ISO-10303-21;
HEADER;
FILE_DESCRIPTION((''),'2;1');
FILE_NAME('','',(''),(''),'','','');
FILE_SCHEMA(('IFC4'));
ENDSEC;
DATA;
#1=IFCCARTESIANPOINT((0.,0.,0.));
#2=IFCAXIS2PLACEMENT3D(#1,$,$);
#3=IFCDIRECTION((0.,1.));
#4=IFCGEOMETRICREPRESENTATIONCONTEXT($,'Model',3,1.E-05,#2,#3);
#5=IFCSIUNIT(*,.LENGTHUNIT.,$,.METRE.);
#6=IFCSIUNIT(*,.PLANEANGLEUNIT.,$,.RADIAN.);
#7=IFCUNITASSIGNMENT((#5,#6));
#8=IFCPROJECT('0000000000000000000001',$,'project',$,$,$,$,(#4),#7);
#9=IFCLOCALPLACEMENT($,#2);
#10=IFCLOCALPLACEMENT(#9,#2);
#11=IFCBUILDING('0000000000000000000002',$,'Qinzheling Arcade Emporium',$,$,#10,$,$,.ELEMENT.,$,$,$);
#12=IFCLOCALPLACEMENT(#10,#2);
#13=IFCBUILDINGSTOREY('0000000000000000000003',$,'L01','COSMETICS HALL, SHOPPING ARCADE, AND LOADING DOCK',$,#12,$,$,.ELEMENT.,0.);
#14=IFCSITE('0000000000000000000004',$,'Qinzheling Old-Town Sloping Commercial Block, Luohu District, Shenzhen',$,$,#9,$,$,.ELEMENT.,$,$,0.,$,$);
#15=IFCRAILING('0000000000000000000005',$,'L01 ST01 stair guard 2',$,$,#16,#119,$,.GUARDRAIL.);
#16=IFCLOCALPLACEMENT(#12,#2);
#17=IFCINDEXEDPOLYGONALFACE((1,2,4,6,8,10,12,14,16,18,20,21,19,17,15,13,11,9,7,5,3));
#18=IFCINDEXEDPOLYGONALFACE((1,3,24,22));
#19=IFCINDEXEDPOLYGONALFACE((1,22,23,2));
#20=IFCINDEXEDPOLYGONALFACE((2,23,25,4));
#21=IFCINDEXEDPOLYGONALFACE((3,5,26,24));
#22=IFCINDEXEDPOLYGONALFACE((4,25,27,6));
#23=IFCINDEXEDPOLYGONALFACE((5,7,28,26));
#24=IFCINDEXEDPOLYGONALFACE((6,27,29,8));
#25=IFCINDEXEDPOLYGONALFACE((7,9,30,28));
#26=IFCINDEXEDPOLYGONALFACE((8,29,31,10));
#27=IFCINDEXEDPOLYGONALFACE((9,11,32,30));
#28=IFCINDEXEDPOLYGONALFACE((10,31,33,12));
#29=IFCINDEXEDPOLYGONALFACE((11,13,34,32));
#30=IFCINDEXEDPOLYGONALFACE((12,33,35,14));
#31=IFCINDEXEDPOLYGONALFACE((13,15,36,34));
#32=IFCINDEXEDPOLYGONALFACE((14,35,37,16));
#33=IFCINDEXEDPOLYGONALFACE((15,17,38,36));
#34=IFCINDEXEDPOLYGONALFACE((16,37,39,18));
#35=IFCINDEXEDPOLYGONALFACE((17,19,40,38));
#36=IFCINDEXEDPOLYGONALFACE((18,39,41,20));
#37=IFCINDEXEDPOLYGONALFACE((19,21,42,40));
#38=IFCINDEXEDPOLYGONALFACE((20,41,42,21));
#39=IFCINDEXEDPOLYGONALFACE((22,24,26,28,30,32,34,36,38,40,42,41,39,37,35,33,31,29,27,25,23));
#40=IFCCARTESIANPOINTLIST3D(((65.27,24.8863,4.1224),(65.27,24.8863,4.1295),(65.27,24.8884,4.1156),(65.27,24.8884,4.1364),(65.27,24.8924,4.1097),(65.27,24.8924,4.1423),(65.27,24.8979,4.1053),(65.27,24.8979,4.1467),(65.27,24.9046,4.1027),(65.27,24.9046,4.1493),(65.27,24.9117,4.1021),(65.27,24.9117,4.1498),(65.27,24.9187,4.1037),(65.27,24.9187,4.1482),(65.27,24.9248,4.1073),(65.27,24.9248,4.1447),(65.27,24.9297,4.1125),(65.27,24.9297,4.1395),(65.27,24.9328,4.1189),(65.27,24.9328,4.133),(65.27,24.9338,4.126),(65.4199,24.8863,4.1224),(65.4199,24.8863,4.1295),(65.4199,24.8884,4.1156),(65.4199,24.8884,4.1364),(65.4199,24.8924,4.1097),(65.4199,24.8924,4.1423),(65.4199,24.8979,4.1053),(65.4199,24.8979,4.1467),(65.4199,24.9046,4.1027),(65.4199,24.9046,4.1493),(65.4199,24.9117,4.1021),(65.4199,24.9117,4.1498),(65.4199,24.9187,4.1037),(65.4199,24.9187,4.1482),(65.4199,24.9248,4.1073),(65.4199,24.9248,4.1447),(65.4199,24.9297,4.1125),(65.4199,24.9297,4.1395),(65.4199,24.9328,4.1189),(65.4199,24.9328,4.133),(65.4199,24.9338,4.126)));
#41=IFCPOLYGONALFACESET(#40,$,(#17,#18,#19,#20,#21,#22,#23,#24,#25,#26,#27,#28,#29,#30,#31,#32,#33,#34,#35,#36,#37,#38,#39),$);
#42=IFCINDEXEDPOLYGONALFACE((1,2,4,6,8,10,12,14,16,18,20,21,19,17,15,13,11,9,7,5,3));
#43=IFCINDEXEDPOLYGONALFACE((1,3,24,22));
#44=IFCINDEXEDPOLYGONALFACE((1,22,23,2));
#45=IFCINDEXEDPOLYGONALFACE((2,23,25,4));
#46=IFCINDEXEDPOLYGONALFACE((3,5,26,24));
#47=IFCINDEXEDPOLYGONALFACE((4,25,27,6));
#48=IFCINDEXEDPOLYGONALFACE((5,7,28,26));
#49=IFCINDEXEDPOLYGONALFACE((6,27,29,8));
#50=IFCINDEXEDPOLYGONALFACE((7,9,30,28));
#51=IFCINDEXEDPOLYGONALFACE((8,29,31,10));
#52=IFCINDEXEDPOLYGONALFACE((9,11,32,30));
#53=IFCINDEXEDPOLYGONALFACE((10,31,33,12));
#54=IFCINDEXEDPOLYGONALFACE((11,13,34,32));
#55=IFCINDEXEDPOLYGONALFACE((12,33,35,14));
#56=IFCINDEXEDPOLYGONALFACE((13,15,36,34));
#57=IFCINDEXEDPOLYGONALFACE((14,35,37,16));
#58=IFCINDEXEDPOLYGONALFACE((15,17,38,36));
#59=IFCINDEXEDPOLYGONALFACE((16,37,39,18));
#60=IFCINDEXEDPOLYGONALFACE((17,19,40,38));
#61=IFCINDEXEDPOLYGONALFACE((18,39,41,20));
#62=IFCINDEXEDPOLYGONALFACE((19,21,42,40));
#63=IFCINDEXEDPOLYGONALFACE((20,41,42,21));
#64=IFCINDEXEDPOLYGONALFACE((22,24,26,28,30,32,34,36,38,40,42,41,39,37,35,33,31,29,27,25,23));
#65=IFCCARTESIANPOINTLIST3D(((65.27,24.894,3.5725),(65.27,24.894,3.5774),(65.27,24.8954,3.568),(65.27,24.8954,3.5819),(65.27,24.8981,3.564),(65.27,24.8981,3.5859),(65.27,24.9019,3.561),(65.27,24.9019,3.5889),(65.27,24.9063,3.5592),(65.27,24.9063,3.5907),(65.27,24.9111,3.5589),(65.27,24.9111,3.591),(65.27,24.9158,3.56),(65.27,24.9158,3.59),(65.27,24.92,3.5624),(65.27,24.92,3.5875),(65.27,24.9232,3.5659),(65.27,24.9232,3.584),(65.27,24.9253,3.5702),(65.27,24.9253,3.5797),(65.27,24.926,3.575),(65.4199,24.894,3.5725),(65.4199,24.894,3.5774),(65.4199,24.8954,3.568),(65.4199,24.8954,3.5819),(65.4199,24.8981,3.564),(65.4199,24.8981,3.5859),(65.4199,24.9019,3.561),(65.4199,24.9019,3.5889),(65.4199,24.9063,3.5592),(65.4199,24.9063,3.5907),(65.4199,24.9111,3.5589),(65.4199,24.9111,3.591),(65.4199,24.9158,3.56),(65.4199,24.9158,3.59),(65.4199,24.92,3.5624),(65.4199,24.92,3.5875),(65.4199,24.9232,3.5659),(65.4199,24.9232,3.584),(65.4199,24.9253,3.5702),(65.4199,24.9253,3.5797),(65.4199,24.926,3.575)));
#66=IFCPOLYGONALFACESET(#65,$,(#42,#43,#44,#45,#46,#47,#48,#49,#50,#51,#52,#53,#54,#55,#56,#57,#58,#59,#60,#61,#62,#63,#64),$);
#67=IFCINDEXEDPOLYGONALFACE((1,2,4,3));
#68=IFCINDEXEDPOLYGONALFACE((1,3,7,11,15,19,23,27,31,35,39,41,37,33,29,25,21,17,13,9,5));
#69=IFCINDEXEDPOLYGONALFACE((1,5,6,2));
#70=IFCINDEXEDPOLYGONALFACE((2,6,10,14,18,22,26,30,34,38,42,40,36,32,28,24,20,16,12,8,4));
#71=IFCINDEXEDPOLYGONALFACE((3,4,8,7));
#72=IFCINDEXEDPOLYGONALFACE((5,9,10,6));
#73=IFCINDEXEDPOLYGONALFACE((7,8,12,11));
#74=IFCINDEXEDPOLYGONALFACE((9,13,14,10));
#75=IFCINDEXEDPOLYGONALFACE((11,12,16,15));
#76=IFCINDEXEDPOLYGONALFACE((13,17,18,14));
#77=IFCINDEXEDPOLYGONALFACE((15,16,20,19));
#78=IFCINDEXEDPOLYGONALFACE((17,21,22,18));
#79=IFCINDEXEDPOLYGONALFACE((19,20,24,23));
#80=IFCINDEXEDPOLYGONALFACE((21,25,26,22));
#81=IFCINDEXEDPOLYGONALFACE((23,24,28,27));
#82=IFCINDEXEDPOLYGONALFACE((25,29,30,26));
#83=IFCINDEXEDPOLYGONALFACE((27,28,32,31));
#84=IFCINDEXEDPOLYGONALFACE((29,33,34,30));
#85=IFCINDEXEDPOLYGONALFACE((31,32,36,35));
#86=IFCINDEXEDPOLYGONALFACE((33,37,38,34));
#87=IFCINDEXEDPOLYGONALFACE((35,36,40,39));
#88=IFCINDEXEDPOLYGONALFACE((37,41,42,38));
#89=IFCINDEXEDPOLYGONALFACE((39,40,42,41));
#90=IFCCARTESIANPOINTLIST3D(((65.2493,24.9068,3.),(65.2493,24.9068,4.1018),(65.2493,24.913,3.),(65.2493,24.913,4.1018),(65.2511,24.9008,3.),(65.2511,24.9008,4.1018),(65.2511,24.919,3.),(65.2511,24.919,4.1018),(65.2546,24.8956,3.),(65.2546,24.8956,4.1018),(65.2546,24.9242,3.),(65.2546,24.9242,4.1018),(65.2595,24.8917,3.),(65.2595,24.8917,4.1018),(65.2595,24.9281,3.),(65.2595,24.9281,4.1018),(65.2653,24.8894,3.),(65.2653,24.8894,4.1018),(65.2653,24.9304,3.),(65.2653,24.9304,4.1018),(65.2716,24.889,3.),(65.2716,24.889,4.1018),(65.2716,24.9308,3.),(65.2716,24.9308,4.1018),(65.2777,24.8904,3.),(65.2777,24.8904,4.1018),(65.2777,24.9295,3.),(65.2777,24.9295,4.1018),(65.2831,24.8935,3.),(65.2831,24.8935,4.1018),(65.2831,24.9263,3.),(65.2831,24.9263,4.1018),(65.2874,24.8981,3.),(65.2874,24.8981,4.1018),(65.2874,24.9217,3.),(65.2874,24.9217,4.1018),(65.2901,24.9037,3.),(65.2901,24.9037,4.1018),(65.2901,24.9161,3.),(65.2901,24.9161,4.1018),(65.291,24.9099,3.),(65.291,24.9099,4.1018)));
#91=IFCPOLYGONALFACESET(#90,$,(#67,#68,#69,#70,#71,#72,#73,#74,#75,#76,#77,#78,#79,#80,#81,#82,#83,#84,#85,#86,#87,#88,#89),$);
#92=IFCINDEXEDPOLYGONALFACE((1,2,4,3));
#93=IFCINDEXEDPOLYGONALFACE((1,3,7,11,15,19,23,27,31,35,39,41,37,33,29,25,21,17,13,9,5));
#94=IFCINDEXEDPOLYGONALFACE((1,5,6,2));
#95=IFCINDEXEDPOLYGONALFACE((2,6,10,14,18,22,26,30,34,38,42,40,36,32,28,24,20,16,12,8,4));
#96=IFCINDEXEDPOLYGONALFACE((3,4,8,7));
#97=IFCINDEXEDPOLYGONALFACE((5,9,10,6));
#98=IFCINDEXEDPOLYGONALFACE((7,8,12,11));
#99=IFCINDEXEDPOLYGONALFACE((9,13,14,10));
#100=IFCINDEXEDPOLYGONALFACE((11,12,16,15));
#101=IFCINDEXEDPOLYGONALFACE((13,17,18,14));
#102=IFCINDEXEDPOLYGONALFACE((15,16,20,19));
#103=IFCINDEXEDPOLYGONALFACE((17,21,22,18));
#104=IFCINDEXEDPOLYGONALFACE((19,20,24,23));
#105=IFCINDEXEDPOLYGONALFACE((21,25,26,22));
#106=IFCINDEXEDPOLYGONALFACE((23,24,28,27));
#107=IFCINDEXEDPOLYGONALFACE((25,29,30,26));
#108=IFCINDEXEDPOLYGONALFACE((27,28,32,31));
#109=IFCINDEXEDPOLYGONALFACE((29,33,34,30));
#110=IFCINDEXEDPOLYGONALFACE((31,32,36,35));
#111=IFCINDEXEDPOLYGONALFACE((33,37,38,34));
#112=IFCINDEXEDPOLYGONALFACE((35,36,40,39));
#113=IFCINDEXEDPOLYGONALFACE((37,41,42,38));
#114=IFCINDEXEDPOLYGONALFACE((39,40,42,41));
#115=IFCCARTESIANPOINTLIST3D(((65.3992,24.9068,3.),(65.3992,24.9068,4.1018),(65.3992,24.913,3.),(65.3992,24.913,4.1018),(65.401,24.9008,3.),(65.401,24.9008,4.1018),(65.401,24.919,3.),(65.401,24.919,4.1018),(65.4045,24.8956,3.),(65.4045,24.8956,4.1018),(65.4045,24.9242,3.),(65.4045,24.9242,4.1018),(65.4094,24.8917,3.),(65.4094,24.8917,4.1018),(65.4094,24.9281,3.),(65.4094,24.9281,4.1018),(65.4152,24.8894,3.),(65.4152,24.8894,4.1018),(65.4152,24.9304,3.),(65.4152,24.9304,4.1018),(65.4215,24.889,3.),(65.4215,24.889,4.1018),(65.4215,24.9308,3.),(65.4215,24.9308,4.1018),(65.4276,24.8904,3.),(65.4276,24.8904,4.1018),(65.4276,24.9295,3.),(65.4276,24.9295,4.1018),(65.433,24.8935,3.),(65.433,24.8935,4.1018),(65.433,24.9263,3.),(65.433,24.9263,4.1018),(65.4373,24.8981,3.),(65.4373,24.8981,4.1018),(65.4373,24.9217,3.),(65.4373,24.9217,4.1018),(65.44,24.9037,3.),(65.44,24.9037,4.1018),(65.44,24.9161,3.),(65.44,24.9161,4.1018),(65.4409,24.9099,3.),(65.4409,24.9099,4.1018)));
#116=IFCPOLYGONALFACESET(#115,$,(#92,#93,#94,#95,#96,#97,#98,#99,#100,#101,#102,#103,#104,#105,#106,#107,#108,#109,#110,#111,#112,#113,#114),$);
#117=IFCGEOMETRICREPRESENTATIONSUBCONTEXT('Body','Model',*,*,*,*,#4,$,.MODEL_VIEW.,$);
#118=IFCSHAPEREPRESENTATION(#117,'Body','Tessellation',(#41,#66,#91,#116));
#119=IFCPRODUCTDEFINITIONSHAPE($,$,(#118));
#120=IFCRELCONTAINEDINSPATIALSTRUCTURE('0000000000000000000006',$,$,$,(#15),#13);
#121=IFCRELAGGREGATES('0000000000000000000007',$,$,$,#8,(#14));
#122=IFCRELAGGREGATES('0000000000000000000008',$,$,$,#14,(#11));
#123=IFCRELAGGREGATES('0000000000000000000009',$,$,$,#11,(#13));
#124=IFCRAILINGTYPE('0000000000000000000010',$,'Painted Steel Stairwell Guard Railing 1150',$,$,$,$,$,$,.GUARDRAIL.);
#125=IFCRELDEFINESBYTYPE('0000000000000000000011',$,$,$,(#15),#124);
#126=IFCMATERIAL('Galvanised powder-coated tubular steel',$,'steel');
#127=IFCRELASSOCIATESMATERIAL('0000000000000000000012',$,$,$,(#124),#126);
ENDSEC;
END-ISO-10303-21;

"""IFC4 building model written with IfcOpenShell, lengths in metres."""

from ifc_helpers import new_model, si_unit, direction, frame, origin, origin_2d, place, context, subcontext, project, spatial, circle, extrude, material, type_object, element, save


model = new_model("IFC4")

# Units and contexts
model_context = context("Model", 3, precision=1e-05, world=origin(), true_north=direction((0.0, 1.0)))
body_context = subcontext(model_context, "Body", "Model", "MODEL_VIEW")
ifc_project = project(units=[si_unit("LENGTHUNIT", "METRE"), si_unit("PLANEANGLEUNIT", "RADIAN")], contexts=[model_context])

# Site, building, storey
site_placement = place(None, origin())
site = spatial("IfcSite", under=ifc_project, at=site_placement, Name="Qinzheling Old-Town Sloping Commercial Block, Luohu District, Shenzhen", CompositionType="ELEMENT", RefElevation=0.0)
building_placement = place(site_placement, origin())
building = spatial("IfcBuilding", under=site, at=building_placement, Name="Qinzheling Arcade Emporium", CompositionType="ELEMENT")
storey_placement = place(building_placement, origin())
storey = spatial("IfcBuildingStorey", under=building, at=storey_placement, Name="L01", Description="COSMETICS HALL, SHOPPING ARCADE, AND LOADING DOCK", CompositionType="ELEMENT", Elevation=0.0)

# Railing
ifc_material_1 = material(Name="Galvanised powder-coated tubular steel", Category="steel")
railing_type_1 = type_object("IfcRailingType", Name="Painted Steel Stairwell Guard Railing 1150", PredefinedType="GUARDRAIL", material=ifc_material_1)
railing_1_placement = place(storey_placement, frame((65.27, 24.9099, 3.0)))
element("IfcRailing", 1, at=railing_1_placement, inside=storey, type_object=railing_type_1, Name="L01 ST01 stair guard 2", PredefinedType="GUARDRAIL", context=body_context, shape_type="SweptSolid", body=[
    extrude(circle(Radius=0.0239, at=origin_2d()), frame((0.0, 0.0, 1.126), z_axis=(1.0, 0.0, 0.0), x_axis=(0.0, 1.0, 0.0)), (0.0, 0.0, 1.0), 0.1499),
    extrude(circle(Radius=0.0161, at=origin_2d()), frame((0.0, 0.0, 0.575), z_axis=(1.0, 0.0, 0.0), x_axis=(0.0, 1.0, 0.0)), (0.0, 0.0, 1.0), 0.1499),
    extrude(circle(Radius=0.021, at=origin_2d()), origin(), (0.0, 0.0, 1.0), 1.1018),
    extrude(circle(Radius=0.021, at=origin_2d()), frame((0.1499, 0.0, 0.0)), (0.0, 0.0, 1.0), 1.1018),
])

save(model, "model.ifc")
